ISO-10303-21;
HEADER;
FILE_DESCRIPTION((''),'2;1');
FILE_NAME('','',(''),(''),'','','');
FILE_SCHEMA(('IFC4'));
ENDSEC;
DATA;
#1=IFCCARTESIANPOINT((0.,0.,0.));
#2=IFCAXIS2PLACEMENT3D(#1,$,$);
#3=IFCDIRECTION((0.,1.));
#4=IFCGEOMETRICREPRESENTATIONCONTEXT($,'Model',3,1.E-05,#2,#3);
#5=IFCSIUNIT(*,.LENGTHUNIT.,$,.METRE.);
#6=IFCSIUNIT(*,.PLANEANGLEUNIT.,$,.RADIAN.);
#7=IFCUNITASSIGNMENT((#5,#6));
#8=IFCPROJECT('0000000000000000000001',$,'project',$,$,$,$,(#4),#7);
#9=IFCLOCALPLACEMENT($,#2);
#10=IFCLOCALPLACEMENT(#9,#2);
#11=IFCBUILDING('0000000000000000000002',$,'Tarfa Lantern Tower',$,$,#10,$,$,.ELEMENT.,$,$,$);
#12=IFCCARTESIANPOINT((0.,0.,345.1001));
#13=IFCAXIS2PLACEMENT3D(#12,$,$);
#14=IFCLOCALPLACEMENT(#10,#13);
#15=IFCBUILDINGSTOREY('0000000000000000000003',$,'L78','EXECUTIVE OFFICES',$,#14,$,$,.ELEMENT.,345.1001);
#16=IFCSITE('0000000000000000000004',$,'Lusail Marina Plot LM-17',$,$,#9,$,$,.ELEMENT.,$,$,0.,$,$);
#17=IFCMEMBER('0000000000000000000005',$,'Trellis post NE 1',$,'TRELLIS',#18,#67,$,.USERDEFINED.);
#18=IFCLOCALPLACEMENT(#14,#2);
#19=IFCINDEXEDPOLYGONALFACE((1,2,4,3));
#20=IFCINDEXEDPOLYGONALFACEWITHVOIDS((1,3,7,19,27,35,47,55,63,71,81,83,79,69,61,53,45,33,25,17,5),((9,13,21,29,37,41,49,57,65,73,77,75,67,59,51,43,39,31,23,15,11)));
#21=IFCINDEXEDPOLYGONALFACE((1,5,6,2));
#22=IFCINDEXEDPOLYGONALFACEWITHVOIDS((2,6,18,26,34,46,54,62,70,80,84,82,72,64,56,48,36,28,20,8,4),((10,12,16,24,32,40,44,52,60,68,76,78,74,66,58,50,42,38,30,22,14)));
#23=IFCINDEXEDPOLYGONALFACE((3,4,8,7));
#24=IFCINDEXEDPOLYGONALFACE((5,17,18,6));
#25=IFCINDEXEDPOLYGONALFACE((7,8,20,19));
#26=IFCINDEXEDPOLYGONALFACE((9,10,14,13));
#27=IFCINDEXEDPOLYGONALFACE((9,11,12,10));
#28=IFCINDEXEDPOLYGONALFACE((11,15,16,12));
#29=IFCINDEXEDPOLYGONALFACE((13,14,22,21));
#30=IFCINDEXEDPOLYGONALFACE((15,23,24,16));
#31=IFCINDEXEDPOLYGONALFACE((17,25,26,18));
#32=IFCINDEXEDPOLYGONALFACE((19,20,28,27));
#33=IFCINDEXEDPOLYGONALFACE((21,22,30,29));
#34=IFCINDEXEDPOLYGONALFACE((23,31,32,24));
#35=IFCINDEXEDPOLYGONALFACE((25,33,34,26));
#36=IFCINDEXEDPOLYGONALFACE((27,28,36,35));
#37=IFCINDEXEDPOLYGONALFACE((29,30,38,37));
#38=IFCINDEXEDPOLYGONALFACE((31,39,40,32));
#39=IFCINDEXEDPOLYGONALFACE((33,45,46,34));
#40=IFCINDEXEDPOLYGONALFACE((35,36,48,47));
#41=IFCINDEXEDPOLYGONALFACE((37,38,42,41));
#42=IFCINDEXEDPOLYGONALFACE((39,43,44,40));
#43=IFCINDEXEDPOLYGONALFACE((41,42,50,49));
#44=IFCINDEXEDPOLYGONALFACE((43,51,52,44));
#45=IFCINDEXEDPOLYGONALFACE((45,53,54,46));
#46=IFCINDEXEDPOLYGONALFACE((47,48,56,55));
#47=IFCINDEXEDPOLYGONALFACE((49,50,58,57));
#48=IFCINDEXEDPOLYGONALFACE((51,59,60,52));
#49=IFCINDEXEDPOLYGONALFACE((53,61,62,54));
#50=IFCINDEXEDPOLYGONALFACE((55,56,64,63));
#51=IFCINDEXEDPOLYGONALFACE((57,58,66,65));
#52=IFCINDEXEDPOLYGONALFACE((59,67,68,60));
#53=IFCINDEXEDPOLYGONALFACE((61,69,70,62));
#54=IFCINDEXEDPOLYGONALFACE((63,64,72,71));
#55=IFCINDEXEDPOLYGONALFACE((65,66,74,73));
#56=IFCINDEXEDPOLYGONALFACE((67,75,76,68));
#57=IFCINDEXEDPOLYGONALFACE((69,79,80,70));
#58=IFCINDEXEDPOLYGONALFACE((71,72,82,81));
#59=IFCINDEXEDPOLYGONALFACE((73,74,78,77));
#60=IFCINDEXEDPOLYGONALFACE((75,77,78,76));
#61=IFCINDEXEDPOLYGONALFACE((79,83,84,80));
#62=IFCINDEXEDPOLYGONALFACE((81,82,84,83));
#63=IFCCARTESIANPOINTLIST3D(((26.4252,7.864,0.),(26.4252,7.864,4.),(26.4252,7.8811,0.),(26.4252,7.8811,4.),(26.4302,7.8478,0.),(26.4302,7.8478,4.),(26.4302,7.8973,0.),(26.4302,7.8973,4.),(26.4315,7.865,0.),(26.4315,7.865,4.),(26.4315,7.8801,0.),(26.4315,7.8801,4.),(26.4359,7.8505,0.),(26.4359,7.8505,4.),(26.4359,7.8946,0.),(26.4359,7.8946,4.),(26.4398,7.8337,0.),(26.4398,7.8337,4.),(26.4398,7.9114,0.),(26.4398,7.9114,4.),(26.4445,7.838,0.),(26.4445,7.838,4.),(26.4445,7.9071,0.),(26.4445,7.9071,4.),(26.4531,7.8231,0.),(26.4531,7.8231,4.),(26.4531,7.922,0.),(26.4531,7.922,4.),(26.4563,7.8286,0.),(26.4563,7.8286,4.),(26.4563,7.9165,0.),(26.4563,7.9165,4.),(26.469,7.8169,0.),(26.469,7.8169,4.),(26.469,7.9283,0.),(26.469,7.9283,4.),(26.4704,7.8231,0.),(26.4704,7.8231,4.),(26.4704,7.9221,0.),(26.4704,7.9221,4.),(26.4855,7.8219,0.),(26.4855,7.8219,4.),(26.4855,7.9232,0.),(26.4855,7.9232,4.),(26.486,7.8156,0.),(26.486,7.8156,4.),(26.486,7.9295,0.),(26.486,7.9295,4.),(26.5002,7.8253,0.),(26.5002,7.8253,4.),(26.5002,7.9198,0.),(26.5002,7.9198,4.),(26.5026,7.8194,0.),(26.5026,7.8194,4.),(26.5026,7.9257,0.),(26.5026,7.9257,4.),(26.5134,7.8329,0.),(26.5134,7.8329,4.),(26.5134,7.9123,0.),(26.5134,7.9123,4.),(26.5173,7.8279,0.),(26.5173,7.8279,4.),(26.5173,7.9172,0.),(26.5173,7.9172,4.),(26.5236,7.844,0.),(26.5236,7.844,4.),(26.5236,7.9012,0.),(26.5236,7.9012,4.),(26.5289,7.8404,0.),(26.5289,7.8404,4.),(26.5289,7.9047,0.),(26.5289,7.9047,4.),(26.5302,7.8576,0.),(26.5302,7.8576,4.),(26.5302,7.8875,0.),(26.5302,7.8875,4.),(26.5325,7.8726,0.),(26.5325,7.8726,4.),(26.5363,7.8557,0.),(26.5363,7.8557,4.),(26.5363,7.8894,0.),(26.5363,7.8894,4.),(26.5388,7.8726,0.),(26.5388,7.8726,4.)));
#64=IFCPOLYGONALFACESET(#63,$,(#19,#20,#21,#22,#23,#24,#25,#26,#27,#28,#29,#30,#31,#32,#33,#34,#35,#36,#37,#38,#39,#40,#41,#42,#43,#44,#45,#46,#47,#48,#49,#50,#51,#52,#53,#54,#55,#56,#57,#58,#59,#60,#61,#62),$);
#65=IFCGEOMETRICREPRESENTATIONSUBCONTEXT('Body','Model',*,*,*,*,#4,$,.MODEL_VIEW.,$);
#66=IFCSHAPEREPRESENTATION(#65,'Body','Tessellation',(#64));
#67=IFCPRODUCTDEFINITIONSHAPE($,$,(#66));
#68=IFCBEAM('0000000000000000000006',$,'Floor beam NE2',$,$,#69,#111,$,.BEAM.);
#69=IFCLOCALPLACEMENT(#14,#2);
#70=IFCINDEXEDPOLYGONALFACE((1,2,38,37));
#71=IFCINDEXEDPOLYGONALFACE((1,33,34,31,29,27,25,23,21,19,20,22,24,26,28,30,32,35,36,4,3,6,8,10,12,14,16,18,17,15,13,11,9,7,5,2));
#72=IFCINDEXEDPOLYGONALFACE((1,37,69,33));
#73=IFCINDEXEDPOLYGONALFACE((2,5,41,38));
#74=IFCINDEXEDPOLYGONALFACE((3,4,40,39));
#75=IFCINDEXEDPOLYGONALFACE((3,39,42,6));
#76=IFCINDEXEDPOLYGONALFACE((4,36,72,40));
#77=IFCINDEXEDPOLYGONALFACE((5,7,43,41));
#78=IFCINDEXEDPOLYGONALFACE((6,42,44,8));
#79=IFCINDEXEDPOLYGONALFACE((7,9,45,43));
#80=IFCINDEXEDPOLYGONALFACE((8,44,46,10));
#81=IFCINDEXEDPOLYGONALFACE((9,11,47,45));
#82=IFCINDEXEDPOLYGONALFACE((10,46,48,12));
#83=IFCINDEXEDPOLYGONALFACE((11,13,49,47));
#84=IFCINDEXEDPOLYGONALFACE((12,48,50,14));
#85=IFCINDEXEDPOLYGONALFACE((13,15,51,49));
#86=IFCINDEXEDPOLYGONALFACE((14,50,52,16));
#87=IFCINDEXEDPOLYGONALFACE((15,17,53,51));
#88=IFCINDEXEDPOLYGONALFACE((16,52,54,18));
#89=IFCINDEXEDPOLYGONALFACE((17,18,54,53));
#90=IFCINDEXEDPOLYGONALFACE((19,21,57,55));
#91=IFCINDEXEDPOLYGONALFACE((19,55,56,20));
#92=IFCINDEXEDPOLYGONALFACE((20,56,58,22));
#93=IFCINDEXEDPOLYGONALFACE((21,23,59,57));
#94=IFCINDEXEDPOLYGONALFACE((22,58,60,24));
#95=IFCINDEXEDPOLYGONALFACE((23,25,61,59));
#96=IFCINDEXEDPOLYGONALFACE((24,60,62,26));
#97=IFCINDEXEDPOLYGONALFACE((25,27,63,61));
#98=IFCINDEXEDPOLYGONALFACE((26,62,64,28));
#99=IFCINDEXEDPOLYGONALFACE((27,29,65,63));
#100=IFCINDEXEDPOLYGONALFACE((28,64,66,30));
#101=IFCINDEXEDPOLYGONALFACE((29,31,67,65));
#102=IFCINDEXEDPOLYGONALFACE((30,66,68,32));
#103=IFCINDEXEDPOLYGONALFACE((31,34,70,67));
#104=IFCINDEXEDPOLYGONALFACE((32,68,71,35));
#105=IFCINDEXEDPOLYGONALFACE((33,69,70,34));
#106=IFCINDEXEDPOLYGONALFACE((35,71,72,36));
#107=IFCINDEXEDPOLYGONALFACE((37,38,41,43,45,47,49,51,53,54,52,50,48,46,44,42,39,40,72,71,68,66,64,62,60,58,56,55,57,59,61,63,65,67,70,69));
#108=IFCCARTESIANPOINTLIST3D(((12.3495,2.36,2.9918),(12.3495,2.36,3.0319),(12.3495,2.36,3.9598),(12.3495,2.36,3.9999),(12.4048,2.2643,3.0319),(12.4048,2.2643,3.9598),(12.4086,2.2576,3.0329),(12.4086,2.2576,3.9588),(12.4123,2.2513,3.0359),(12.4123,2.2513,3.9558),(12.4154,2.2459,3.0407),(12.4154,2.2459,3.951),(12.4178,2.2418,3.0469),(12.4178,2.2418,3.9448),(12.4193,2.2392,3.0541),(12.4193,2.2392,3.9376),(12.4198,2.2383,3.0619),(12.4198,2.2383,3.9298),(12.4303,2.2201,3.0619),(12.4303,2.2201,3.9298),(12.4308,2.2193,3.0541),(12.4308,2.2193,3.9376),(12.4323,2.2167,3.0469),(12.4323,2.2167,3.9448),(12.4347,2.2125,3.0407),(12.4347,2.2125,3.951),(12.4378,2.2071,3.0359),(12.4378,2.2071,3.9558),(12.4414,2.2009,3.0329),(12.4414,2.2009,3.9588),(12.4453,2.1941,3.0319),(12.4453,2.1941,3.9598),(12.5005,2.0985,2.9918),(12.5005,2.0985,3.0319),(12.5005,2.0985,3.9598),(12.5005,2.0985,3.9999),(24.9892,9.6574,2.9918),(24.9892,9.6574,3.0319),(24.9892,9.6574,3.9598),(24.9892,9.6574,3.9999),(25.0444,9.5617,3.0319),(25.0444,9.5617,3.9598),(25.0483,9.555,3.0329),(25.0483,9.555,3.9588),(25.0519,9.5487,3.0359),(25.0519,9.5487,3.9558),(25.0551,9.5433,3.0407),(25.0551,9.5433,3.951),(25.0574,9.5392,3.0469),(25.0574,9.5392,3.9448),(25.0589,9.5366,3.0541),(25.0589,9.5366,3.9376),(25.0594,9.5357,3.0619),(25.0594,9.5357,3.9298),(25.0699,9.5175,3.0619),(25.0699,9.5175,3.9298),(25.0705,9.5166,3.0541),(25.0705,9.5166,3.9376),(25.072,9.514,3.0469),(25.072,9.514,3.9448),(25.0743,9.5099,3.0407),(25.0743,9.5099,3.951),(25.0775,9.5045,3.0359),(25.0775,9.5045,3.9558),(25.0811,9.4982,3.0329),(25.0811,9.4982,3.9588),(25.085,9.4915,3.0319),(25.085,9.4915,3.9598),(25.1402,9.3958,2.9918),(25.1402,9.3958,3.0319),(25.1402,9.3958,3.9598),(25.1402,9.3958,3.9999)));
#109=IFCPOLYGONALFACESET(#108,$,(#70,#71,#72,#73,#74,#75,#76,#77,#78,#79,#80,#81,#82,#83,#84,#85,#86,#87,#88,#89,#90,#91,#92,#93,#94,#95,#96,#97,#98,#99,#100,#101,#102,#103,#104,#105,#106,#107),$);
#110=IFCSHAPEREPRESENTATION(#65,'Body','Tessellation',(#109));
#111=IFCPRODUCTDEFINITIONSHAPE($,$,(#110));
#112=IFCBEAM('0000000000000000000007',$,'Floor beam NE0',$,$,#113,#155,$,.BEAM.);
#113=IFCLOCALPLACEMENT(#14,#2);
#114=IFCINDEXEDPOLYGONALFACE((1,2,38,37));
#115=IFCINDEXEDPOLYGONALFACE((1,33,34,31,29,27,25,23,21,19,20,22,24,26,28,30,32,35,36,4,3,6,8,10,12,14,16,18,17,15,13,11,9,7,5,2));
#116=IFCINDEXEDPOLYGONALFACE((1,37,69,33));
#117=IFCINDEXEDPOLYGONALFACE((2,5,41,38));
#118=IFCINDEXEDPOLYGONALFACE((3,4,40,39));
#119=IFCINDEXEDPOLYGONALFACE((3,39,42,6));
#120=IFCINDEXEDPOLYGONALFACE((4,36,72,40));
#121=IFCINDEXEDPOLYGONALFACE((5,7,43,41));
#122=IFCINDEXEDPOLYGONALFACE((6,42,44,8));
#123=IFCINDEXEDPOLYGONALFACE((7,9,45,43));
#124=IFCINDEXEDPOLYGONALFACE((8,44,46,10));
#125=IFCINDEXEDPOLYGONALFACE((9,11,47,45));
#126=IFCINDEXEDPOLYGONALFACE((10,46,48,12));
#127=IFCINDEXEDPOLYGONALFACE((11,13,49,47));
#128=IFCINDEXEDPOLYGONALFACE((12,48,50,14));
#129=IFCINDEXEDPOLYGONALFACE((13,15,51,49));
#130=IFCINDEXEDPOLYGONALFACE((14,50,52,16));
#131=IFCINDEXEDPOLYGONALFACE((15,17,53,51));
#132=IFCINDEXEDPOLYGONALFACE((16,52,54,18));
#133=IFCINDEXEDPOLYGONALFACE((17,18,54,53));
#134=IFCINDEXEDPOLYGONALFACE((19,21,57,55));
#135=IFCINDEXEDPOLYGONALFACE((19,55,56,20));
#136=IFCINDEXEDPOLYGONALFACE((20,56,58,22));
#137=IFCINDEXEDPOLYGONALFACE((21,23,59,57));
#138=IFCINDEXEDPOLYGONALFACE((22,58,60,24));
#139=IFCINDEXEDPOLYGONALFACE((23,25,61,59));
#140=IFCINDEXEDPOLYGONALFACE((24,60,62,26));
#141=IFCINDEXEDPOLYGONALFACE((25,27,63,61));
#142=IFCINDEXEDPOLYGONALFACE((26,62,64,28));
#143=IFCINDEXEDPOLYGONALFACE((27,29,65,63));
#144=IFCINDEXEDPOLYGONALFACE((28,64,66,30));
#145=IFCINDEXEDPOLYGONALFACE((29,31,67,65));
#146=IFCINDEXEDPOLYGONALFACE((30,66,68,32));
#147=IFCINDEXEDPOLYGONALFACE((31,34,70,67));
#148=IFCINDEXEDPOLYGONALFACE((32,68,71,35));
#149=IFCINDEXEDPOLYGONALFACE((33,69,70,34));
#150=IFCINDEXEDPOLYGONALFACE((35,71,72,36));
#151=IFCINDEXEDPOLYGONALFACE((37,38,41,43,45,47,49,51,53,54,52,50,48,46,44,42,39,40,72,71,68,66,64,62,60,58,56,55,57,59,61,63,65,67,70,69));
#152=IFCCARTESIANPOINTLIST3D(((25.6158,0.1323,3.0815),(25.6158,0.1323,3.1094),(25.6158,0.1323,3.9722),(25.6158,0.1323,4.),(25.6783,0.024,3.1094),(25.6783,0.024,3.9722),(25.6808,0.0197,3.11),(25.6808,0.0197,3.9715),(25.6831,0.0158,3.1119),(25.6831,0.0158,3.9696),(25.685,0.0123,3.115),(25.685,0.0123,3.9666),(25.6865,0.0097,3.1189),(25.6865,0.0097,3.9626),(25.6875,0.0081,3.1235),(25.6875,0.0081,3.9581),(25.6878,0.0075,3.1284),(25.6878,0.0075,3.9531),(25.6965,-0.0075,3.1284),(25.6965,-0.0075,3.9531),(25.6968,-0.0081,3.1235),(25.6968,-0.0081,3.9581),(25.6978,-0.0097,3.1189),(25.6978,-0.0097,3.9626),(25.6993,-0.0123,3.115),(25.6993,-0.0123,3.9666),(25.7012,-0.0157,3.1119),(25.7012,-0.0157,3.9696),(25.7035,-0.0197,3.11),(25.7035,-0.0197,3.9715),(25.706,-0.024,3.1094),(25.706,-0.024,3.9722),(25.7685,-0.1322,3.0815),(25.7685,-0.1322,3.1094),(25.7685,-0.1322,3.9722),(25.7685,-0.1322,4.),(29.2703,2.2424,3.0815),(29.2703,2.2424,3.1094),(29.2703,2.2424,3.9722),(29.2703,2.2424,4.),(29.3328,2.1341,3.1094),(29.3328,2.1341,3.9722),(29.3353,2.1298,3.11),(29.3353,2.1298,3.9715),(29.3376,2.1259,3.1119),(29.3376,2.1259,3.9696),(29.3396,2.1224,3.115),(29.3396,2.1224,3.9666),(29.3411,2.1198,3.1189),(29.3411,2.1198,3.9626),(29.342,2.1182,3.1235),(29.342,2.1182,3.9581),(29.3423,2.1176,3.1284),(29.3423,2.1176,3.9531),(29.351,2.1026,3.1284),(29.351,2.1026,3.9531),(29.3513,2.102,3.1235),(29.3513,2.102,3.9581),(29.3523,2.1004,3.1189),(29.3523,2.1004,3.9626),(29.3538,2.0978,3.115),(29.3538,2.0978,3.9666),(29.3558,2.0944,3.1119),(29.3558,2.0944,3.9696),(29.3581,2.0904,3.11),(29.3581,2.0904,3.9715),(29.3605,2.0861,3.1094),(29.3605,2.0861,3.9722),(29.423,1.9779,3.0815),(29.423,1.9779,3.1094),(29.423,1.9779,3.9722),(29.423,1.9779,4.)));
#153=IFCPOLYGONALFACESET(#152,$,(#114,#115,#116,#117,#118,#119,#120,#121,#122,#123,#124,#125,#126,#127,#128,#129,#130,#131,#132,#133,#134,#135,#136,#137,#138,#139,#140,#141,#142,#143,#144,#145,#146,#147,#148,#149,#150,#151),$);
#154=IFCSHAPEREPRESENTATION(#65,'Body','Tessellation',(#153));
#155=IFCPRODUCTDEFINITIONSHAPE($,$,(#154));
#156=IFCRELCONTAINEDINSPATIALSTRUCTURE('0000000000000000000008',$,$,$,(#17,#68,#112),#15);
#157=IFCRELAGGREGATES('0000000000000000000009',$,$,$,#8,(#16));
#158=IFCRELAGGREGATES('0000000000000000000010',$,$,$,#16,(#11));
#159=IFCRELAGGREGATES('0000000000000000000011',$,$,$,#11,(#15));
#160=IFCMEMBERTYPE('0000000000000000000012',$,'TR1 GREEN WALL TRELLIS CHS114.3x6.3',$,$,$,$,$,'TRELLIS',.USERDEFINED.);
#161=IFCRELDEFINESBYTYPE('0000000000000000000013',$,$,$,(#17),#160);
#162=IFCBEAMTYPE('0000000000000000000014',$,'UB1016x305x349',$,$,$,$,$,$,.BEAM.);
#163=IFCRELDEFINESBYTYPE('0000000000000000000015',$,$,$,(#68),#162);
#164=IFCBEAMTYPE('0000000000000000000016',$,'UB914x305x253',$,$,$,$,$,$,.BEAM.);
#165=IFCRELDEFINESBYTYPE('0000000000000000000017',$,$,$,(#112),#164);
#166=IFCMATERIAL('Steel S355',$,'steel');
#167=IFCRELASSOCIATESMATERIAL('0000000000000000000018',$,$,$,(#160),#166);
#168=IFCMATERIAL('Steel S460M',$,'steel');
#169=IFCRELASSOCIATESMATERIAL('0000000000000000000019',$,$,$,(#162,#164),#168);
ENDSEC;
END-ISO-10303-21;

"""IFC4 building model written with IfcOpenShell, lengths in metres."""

from ifc_helpers import new_model, si_unit, direction, frame, origin, origin_2d, place, context, subcontext, project, spatial, hollow_circle, i_section, extrude, material, material_profile, profile_set, type_object, element, save


model = new_model("IFC4")

# Units and contexts
model_context = context("Model", 3, precision=1e-05, world=origin(), true_north=direction((0.0, 1.0)))
body_context = subcontext(model_context, "Body", "Model", "MODEL_VIEW")
ifc_project = project(units=[si_unit("LENGTHUNIT", "METRE"), si_unit("PLANEANGLEUNIT", "RADIAN")], contexts=[model_context])

# Site, building, storey
site_placement = place(None, origin())
site = spatial("IfcSite", under=ifc_project, at=site_placement, Name="Lusail Marina Plot LM-17", CompositionType="ELEMENT", RefElevation=0.0)
building_placement = place(site_placement, origin())
building = spatial("IfcBuilding", under=site, at=building_placement, Name="Tarfa Lantern Tower", CompositionType="ELEMENT")
storey_placement = place(building_placement, frame((0.0, 0.0, 345.1001)))
storey = spatial("IfcBuildingStorey", under=building, at=storey_placement, Name="L78", Description="EXECUTIVE OFFICES", CompositionType="ELEMENT", Elevation=345.1001)

# Member
ifc_material_1 = material(Name="Steel S355", Category="steel")
ifc_material_profile_1 = material_profile(ifc_material_1, hollow_circle(Radius=0.0571, WallThickness=0.0063, at=origin_2d()), Name="CHS114.3x6.3")
ifc_profile_set_1 = profile_set([ifc_material_profile_1], Name="Steel S355")
member_type_1 = type_object("IfcMemberType", Name="TR1 GREEN WALL TRELLIS CHS114.3x6.3", ElementType="TRELLIS", PredefinedType="USERDEFINED", material=ifc_profile_set_1)
member_1_placement = place(storey_placement, frame((26.4817, 7.8726, 0.0), z_axis=(0.0, 0.0, 1.0), x_axis=(1.0, 0.0, 0.0)))
element("IfcMember", 1, at=member_1_placement, inside=storey, type_object=member_type_1, Name="Trellis post NE 1", ObjectType="TRELLIS", PredefinedType="USERDEFINED", context=body_context, shape_type="SweptSolid", body=[
    extrude(hollow_circle(Radius=0.0571, WallThickness=0.0063, at=origin_2d()), origin(), (0.0, 0.0, 1.0), 4.0),
])

# Beams
ifc_material_2 = material(Name="Steel S460M", Category="steel")
ifc_material_profile_2 = material_profile(ifc_material_2, i_section(OverallWidth=0.302, OverallDepth=1.0081, WebThickness=0.021, FlangeThickness=0.04, FilletRadius=0.03, at=origin_2d()), Name="UB1016x305x349")
ifc_profile_set_2 = profile_set([ifc_material_profile_2], Name="Steel S460M")
beam_type_1 = type_object("IfcBeamType", Name="UB1016x305x349", PredefinedType="BEAM", material=ifc_profile_set_2)
beam_1_placement = place(storey_placement, frame((25.0647, 9.5266, 3.4958), z_axis=(-0.86603, -0.499993, 0.0), x_axis=(0.499993, -0.86603, 0.0)))
element("IfcBeam", 2, at=beam_1_placement, inside=storey, type_object=beam_type_1, Name="Floor beam NE2", PredefinedType="BEAM", context=body_context, shape_type="SweptSolid", body=[
    extrude(i_section(OverallWidth=0.302, OverallDepth=1.0081, WebThickness=0.021, FlangeThickness=0.04, FilletRadius=0.03, at=origin_2d()), origin(), (0.0, 0.0, 1.0), 14.595),
])
ifc_material_profile_3 = material_profile(ifc_material_2, i_section(OverallWidth=0.3054, OverallDepth=0.9185, WebThickness=0.0173, FlangeThickness=0.0278, FilletRadius=0.019, at=origin_2d()), Name="UB914x305x253")
ifc_profile_set_3 = profile_set([ifc_material_profile_3], Name="Steel S460M")
beam_type_2 = type_object("IfcBeamType", Name="UB914x305x253", PredefinedType="BEAM", material=ifc_profile_set_3)
beam_2_placement = place(storey_placement, frame((29.3467, 2.1101, 3.5408), z_axis=(-0.866009, -0.500028, 0.0), x_axis=(0.500028, -0.866009, 0.0)))
element("IfcBeam", 3, at=beam_2_placement, inside=storey, type_object=beam_type_2, Name="Floor beam NE0", PredefinedType="BEAM", context=body_context, shape_type="SweptSolid", body=[
    extrude(i_section(OverallWidth=0.3054, OverallDepth=0.9185, WebThickness=0.0173, FlangeThickness=0.0278, FilletRadius=0.019, at=origin_2d()), origin(), (0.0, 0.0, 1.0), 4.22),
])

save(model, "model.ifc")
